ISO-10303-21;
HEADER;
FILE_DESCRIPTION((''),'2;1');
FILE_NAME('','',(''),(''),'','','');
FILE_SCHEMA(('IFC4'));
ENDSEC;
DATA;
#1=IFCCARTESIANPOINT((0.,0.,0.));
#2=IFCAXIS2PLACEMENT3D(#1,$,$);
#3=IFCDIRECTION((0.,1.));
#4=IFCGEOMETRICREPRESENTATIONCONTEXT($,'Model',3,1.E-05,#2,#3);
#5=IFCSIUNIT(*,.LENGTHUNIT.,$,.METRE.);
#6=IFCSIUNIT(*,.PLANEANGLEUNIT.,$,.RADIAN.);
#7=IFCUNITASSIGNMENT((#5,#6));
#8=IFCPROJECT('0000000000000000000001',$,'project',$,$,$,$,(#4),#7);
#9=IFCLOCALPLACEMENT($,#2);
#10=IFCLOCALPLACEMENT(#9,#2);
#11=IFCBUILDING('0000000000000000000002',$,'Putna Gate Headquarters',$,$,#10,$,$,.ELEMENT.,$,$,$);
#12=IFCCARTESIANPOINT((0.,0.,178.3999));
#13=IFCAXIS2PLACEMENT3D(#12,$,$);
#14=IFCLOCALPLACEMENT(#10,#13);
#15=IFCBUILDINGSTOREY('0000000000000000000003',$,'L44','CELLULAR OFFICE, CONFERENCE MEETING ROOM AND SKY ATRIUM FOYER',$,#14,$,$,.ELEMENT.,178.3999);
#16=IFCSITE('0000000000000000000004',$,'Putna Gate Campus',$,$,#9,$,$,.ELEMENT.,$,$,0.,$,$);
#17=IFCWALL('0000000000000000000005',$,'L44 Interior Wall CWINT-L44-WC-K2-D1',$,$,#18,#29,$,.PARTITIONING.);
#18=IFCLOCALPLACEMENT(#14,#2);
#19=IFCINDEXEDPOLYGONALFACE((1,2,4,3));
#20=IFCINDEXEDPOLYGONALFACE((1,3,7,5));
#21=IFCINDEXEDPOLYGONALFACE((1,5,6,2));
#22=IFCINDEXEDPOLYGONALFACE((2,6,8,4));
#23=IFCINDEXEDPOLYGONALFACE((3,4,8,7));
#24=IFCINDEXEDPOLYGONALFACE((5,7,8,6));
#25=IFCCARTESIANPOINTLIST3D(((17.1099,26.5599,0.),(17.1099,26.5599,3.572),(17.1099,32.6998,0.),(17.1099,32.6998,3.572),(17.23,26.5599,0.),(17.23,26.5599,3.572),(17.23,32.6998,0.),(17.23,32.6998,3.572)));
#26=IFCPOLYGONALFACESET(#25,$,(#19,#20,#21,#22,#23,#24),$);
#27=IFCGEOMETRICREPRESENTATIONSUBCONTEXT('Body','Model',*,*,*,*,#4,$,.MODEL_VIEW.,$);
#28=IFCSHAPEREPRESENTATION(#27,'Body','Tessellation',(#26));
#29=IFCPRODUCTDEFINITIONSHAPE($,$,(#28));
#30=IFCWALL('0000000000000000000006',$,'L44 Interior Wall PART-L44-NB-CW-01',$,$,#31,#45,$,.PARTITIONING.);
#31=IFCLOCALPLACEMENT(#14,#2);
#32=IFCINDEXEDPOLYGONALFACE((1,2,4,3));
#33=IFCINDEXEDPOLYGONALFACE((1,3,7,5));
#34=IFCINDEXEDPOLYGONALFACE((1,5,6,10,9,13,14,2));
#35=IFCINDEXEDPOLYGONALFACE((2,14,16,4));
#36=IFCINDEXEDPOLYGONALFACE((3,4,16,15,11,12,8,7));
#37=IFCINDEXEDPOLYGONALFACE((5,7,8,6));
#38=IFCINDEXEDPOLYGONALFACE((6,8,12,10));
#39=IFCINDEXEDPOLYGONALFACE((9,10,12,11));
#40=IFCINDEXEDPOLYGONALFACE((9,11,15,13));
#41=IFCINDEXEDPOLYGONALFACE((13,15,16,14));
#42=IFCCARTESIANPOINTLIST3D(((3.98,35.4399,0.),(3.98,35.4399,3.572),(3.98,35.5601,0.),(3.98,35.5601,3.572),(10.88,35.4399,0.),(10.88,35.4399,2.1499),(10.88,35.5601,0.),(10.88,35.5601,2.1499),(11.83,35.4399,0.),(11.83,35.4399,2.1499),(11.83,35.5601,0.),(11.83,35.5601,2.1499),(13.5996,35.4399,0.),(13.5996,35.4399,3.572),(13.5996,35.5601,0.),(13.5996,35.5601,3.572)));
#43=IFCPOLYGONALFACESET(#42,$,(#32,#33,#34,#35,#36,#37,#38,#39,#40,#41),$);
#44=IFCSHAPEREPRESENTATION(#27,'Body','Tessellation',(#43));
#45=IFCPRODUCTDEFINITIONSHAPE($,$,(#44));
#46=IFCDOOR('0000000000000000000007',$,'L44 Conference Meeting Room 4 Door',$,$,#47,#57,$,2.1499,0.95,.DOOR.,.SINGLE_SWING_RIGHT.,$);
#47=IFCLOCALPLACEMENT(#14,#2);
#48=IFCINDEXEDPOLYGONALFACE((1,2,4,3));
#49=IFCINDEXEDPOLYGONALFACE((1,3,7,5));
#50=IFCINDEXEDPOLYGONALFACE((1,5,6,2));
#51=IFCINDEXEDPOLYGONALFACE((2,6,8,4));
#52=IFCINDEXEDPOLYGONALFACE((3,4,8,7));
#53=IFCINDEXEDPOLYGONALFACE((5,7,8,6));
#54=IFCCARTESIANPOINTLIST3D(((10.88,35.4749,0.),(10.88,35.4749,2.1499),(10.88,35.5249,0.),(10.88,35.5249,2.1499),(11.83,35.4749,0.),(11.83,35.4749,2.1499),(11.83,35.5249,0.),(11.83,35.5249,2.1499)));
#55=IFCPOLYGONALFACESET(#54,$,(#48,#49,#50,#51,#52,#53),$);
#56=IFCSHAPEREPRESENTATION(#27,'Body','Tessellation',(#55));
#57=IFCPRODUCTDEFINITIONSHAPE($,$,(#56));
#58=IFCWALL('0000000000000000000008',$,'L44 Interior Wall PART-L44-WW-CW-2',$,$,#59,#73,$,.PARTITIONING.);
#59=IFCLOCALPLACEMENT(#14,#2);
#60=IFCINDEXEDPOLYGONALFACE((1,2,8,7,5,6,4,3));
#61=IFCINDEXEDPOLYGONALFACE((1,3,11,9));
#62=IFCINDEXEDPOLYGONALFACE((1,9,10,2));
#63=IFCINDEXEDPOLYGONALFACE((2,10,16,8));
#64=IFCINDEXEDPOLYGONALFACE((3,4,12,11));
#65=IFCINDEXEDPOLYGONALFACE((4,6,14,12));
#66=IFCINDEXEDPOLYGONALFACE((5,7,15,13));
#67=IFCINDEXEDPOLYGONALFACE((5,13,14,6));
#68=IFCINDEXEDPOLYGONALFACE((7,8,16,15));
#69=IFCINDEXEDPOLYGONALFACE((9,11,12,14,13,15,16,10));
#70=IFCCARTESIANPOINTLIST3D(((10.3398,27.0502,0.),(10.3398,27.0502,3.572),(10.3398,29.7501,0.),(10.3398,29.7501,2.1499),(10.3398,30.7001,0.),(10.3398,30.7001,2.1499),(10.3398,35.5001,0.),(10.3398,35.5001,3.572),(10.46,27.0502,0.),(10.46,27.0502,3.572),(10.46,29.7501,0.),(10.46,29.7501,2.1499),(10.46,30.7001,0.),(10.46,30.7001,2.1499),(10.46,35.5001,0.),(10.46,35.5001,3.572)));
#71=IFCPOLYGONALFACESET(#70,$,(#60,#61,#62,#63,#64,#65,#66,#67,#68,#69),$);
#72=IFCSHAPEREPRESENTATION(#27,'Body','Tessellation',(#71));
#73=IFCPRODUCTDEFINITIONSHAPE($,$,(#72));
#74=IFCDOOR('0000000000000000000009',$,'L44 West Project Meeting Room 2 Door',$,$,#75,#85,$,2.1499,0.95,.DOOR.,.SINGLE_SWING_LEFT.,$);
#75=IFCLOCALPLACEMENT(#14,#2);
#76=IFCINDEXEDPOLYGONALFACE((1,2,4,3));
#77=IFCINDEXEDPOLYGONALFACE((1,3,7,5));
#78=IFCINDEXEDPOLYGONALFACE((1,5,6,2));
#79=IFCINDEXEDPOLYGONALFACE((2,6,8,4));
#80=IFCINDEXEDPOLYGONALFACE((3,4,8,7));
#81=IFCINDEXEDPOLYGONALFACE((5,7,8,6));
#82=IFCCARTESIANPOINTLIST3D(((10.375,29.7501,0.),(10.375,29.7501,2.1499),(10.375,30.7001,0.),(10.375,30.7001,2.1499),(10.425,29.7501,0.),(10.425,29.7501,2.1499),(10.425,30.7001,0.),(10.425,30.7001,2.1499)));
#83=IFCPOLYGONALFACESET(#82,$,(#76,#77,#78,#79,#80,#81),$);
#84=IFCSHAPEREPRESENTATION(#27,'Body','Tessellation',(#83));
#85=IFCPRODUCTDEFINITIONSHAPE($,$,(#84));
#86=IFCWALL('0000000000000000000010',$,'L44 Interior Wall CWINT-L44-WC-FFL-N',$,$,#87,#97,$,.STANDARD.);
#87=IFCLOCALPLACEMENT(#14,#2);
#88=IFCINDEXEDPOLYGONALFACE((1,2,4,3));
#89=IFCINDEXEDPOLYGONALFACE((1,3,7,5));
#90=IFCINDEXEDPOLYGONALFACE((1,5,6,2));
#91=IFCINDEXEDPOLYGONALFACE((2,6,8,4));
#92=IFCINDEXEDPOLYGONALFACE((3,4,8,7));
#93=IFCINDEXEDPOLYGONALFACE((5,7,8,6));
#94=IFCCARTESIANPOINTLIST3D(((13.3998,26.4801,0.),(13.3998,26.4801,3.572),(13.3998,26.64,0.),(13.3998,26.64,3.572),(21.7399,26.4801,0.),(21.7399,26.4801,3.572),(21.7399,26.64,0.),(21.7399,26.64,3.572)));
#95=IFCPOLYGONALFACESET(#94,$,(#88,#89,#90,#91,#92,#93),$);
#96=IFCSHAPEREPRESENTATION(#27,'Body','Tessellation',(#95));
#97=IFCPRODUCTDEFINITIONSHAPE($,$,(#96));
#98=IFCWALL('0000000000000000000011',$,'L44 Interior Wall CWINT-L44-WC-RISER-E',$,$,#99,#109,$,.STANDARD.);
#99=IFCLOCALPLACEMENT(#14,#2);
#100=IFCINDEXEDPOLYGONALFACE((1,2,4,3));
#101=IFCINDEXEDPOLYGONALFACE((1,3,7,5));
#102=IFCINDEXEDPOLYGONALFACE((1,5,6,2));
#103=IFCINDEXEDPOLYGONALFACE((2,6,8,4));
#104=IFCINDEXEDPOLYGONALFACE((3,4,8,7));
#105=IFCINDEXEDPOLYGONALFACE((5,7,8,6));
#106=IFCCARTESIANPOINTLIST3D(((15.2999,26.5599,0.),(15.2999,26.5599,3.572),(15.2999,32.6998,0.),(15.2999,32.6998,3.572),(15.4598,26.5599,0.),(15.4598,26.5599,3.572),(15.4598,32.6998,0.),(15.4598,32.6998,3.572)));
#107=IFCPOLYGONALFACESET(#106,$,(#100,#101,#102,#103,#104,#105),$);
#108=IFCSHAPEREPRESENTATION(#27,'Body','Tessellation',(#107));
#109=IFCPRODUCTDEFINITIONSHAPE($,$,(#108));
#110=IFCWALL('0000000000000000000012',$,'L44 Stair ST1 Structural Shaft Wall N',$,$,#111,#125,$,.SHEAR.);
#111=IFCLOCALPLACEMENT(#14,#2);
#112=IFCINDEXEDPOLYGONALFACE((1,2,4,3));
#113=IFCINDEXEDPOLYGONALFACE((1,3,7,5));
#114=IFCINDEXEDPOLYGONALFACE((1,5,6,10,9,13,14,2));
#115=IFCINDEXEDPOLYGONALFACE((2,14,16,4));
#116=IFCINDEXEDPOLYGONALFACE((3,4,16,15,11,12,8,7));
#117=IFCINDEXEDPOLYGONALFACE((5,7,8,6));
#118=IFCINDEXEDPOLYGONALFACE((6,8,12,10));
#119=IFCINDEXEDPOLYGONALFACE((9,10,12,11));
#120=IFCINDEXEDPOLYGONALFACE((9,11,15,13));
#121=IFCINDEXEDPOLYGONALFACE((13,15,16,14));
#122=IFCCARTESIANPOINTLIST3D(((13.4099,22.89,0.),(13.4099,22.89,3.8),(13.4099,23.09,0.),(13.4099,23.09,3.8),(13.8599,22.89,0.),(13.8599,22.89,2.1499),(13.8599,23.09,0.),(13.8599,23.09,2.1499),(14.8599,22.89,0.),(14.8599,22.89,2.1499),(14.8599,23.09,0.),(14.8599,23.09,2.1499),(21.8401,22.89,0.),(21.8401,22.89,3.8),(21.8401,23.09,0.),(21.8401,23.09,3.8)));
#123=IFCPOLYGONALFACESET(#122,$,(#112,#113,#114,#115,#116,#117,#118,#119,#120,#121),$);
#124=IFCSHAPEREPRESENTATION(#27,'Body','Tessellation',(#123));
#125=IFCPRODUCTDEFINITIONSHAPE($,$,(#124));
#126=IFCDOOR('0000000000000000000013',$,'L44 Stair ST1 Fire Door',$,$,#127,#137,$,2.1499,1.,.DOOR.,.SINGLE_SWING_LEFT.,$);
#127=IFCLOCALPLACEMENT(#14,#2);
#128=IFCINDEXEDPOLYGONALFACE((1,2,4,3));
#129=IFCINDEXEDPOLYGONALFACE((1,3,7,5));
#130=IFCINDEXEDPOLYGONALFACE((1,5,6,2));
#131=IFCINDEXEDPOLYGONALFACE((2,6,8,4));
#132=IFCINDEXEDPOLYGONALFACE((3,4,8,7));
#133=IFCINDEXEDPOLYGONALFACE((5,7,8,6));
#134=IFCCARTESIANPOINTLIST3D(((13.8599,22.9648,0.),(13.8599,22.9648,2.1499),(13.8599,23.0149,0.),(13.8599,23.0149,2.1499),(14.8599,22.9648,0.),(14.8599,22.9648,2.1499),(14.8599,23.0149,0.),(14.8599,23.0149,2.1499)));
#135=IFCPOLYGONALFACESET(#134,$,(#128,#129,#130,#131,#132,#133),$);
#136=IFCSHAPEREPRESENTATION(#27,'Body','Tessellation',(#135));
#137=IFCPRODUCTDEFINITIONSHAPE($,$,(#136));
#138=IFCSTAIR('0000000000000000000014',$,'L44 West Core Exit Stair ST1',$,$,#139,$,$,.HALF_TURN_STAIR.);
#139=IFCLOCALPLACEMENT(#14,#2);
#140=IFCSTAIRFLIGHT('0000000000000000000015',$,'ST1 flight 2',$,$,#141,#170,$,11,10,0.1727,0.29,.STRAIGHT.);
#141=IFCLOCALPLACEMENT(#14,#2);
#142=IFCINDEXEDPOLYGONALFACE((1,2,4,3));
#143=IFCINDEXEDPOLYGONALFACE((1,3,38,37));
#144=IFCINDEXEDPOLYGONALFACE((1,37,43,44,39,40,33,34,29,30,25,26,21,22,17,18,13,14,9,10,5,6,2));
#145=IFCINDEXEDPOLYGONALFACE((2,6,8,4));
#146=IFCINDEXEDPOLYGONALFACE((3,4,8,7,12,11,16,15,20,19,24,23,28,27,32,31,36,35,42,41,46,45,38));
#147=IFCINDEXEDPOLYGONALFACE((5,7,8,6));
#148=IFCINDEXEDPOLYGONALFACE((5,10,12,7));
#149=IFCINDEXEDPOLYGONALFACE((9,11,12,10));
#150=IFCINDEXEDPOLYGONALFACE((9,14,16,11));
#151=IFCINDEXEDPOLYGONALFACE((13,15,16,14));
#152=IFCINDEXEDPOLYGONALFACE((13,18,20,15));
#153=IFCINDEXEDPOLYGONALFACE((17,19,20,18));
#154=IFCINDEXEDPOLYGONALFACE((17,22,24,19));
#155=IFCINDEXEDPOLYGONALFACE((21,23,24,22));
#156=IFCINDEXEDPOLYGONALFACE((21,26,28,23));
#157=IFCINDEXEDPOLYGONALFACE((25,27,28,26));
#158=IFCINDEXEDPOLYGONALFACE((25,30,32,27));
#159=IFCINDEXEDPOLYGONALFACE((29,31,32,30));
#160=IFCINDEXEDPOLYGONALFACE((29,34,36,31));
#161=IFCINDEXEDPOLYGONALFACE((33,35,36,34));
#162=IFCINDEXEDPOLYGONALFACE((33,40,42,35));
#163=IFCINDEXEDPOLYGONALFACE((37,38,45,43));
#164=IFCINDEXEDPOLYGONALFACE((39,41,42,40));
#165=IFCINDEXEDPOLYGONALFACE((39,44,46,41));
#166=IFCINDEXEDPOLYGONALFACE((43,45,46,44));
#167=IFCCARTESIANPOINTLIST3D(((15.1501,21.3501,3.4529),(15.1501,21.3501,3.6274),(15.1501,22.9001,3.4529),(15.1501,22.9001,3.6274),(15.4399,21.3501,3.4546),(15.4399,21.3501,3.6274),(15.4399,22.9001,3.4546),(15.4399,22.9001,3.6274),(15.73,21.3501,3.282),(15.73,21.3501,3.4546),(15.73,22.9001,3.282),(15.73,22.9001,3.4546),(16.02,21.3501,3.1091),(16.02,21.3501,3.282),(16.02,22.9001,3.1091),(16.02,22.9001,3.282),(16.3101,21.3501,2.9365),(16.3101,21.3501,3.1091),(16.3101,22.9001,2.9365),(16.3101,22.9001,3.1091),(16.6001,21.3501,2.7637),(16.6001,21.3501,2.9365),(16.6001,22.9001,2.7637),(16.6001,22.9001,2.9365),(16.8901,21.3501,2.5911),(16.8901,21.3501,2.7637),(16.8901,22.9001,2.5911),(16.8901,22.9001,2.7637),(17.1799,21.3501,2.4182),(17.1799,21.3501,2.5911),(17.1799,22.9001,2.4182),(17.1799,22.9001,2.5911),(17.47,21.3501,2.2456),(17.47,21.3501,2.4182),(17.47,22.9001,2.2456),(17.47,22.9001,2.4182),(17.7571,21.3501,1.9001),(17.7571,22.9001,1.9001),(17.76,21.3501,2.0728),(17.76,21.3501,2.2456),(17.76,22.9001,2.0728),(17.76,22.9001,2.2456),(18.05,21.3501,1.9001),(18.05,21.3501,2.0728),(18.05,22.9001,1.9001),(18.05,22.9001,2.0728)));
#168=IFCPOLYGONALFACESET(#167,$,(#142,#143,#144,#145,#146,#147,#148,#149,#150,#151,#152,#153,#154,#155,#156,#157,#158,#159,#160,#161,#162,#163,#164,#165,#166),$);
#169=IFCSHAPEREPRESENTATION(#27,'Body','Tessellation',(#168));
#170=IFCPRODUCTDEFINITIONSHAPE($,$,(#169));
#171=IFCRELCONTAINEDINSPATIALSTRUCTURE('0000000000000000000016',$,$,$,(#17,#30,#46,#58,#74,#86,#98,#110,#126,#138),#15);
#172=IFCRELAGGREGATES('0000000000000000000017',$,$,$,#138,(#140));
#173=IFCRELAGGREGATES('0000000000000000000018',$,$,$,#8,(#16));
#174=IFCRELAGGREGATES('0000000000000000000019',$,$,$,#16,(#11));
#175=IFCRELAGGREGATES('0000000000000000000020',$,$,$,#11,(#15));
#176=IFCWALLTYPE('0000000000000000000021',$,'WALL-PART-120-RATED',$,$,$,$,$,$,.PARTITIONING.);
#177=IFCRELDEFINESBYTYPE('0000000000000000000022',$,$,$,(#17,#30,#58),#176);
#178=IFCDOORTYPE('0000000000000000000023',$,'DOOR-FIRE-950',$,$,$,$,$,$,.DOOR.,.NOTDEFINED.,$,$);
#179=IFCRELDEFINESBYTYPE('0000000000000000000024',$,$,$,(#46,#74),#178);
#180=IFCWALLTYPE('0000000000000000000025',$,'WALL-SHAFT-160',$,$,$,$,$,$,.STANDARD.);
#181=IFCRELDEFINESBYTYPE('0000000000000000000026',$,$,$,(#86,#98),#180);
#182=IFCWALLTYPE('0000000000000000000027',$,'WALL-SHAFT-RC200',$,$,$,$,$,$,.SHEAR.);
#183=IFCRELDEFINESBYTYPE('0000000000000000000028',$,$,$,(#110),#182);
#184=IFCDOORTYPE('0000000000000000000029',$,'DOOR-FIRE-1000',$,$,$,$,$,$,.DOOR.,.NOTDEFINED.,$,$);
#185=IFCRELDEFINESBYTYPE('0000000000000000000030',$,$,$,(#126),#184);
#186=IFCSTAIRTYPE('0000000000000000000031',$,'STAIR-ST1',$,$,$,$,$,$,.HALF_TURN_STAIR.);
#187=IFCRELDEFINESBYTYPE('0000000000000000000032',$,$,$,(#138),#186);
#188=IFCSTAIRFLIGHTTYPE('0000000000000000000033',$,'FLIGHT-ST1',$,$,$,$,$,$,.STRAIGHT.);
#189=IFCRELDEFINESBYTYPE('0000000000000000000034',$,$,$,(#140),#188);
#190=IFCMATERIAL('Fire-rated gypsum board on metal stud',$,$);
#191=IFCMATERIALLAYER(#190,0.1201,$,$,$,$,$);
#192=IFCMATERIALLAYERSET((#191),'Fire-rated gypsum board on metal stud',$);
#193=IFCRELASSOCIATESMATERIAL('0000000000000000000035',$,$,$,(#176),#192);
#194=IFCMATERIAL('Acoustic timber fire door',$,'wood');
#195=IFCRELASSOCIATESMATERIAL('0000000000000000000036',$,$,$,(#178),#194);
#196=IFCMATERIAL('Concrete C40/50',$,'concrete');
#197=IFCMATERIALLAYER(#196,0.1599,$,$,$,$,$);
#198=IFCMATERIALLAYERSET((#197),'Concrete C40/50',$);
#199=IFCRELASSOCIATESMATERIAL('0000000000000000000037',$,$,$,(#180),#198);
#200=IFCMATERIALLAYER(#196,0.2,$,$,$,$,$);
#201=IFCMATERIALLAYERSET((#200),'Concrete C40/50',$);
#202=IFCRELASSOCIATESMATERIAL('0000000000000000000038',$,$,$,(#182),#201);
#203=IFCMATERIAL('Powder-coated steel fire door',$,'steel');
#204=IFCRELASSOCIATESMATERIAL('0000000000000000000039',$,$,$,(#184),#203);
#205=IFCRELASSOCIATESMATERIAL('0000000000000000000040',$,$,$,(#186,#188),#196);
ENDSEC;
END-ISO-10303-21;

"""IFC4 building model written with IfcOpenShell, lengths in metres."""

from ifc_helpers import new_model, si_unit, direction, frame, frame_2d, origin, place, context, subcontext, project, spatial, polyline, rectangle, outline, extrude, material, layer, layer_set, type_object, element, fill, aggregate, save


model = new_model("IFC4")

# Units and contexts
model_context = context("Model", 3, precision=1e-05, world=origin(), true_north=direction((0.0, 1.0)))
body_context = subcontext(model_context, "Body", "Model", "MODEL_VIEW")
ifc_project = project(units=[si_unit("LENGTHUNIT", "METRE"), si_unit("PLANEANGLEUNIT", "RADIAN")], contexts=[model_context])

# Site, building, storey
site_placement = place(None, origin())
site = spatial("IfcSite", under=ifc_project, at=site_placement, Name="Putna Gate Campus", CompositionType="ELEMENT", RefElevation=0.0)
building_placement = place(site_placement, origin())
building = spatial("IfcBuilding", under=site, at=building_placement, Name="Putna Gate Headquarters", CompositionType="ELEMENT")
storey_placement = place(building_placement, frame((0.0, 0.0, 178.3999)))
storey = spatial("IfcBuildingStorey", under=building, at=storey_placement, Name="L44", Description="CELLULAR OFFICE, CONFERENCE MEETING ROOM AND SKY ATRIUM FOYER", CompositionType="ELEMENT", Elevation=178.3999)

# Wall
ifc_material_1 = material(Name="Fire-rated gypsum board on metal stud")
ifc_layer_1 = layer(ifc_material_1, 0.1201)
ifc_layer_set_1 = layer_set([ifc_layer_1], Name="Fire-rated gypsum board on metal stud")
wall_type_1 = type_object("IfcWallType", Name="WALL-PART-120-RATED", PredefinedType="PARTITIONING", material=ifc_layer_set_1)
wall_1_placement = place(storey_placement, frame((17.1699, 26.5601, 0.0), z_axis=(0.0, 0.0, 1.0), x_axis=(0.0, 1.0, 0.0)))
element("IfcWall", 1, at=wall_1_placement, inside=storey, type_object=wall_type_1, Name="L44 Interior Wall CWINT-L44-WC-K2-D1", PredefinedType="PARTITIONING", context=body_context, shape_type="SweptSolid", body=[
    extrude(rectangle(XDim=6.1399, YDim=0.1201, at=frame_2d((3.0698, 0.0))), origin(), (0.0, 0.0, 1.0), 3.572),
])

# Walls, openings, doors
wall_2_placement = place(storey_placement, frame((3.98, 35.5, 0.0), z_axis=(0.0, 0.0, 1.0), x_axis=(1.0, 0.0, 0.0)))
wall_2 = element("IfcWall", 2, at=wall_2_placement, inside=storey, type_object=wall_type_1, Name="L44 Interior Wall PART-L44-NB-CW-01", PredefinedType="PARTITIONING", context=body_context, shape_type="SweptSolid", body=[
    extrude(rectangle(XDim=9.6196, YDim=0.1201, at=frame_2d((4.8098, 0.0))), origin(), (0.0, 0.0, 1.0), 3.572),
])
opening_1_placement = place(wall_2_placement, frame((6.8999, 0.0, 0.0)))
opening_1 = element("IfcOpeningElement", 3, at=opening_1_placement, cuts=wall_2, PredefinedType="OPENING", context=body_context, shape_type="SweptSolid", body=[
    extrude(rectangle(XDim=0.95, YDim=2.1499, at=frame_2d((0.4751, 1.075))), frame((0.0, 0.0701, 0.0), z_axis=(0.0, -1.0, 0.0), x_axis=(1.0, 0.0, 0.0)), (0.0, 0.0, 1.0), 0.1401),
])
ifc_material_2 = material(Name="Acoustic timber fire door", Category="wood")
door_type_1 = type_object("IfcDoorType", Name="DOOR-FIRE-950", OperationType="NOTDEFINED", PredefinedType="DOOR", material=ifc_material_2)
door_1_placement = place(opening_1_placement, origin())
door_1 = element("IfcDoor", 4, at=door_1_placement, inside=storey, type_object=door_type_1, Name="L44 Conference Meeting Room 4 Door", OperationType="SINGLE_SWING_RIGHT", OverallHeight=2.1499, OverallWidth=0.95, PredefinedType="DOOR", context=body_context, shape_type="SweptSolid", body=[
    extrude(rectangle(XDim=0.95, YDim=2.1499, at=frame_2d((0.4751, 1.075))), frame((0.0, 0.0249, 0.0), z_axis=(0.0, -1.0, 0.0), x_axis=(1.0, 0.0, 0.0)), (0.0, 0.0, 1.0), 0.05),
])
fill(opening_1, door_1)
wall_3_placement = place(storey_placement, frame((10.3999, 27.05, 0.0), z_axis=(0.0, 0.0, 1.0), x_axis=(0.0, 1.0, 0.0)))
wall_3 = element("IfcWall", 5, at=wall_3_placement, inside=storey, type_object=wall_type_1, Name="L44 Interior Wall PART-L44-WW-CW-2", PredefinedType="PARTITIONING", context=body_context, shape_type="SweptSolid", body=[
    extrude(rectangle(XDim=8.45, YDim=0.1201, at=frame_2d((4.2251, 0.0))), origin(), (0.0, 0.0, 1.0), 3.572),
])
opening_2_placement = place(wall_3_placement, frame((2.7, 0.0, 0.0)))
opening_2 = element("IfcOpeningElement", 6, at=opening_2_placement, cuts=wall_3, PredefinedType="OPENING", context=body_context, shape_type="SweptSolid", body=[
    extrude(rectangle(XDim=0.95, YDim=2.1499, at=frame_2d((0.4751, 1.075))), frame((0.0, 0.0701, 0.0), z_axis=(0.0, -1.0, 0.0), x_axis=(1.0, 0.0, 0.0)), (0.0, 0.0, 1.0), 0.1401),
])
door_2_placement = place(opening_2_placement, origin())
door_2 = element("IfcDoor", 7, at=door_2_placement, inside=storey, type_object=door_type_1, Name="L44 West Project Meeting Room 2 Door", OperationType="SINGLE_SWING_LEFT", OverallHeight=2.1499, OverallWidth=0.95, PredefinedType="DOOR", context=body_context, shape_type="SweptSolid", body=[
    extrude(rectangle(XDim=0.95, YDim=2.1499, at=frame_2d((0.4751, 1.075))), frame((0.0, 0.0249, 0.0), z_axis=(0.0, -1.0, 0.0), x_axis=(1.0, 0.0, 0.0)), (0.0, 0.0, 1.0), 0.05),
])
fill(opening_2, door_2)

# Walls
ifc_material_3 = material(Name="Concrete C40/50", Category="concrete")
ifc_layer_2 = layer(ifc_material_3, 0.1599)
ifc_layer_set_2 = layer_set([ifc_layer_2], Name="Concrete C40/50")
wall_type_2 = type_object("IfcWallType", Name="WALL-SHAFT-160", PredefinedType="STANDARD", material=ifc_layer_set_2)
wall_4_placement = place(storey_placement, frame((13.3999, 26.5601, 0.0), z_axis=(0.0, 0.0, 1.0), x_axis=(1.0, 0.0, 0.0)))
element("IfcWall", 8, at=wall_4_placement, inside=storey, type_object=wall_type_2, Name="L44 Interior Wall CWINT-L44-WC-FFL-N", PredefinedType="STANDARD", context=body_context, shape_type="SweptSolid", body=[
    extrude(rectangle(XDim=8.3401, YDim=0.1599, at=frame_2d((4.1699, 0.0))), origin(), (0.0, 0.0, 1.0), 3.572),
])
wall_5_placement = place(storey_placement, frame((15.3799, 26.5601, 0.0), z_axis=(0.0, 0.0, 1.0), x_axis=(0.0, 1.0, 0.0)))
element("IfcWall", 9, at=wall_5_placement, inside=storey, type_object=wall_type_2, Name="L44 Interior Wall CWINT-L44-WC-RISER-E", PredefinedType="STANDARD", context=body_context, shape_type="SweptSolid", body=[
    extrude(rectangle(XDim=6.1399, YDim=0.1599, at=frame_2d((3.0698, 0.0))), origin(), (0.0, 0.0, 1.0), 3.572),
])

# Wall, opening, door
ifc_layer_3 = layer(ifc_material_3, 0.2)
ifc_layer_set_3 = layer_set([ifc_layer_3], Name="Concrete C40/50")
wall_type_3 = type_object("IfcWallType", Name="WALL-SHAFT-RC200", PredefinedType="SHEAR", material=ifc_layer_set_3)
wall_6_placement = place(storey_placement, frame((13.4099, 22.99, 0.0), z_axis=(0.0, 0.0, 1.0), x_axis=(1.0, 0.0, 0.0)))
wall_6 = element("IfcWall", 10, at=wall_6_placement, inside=storey, type_object=wall_type_3, Name="L44 Stair ST1 Structural Shaft Wall N", PredefinedType="SHEAR", context=body_context, shape_type="SweptSolid", body=[
    extrude(rectangle(XDim=8.4302, YDim=0.2, at=frame_2d((4.2151, 0.0))), origin(), (0.0, 0.0, 1.0), 3.8),
])
opening_3_placement = place(wall_6_placement, frame((0.45, 0.0, 0.0)))
opening_3 = element("IfcOpeningElement", 11, at=opening_3_placement, cuts=wall_6, PredefinedType="OPENING", context=body_context, shape_type="SweptSolid", body=[
    extrude(rectangle(XDim=1.0, YDim=2.1499, at=frame_2d((0.5, 1.075))), frame((0.0, 0.1099, 0.0), z_axis=(0.0, -1.0, 0.0), x_axis=(1.0, 0.0, 0.0)), (0.0, 0.0, 1.0), 0.22),
])
ifc_material_4 = material(Name="Powder-coated steel fire door", Category="steel")
door_type_2 = type_object("IfcDoorType", Name="DOOR-FIRE-1000", OperationType="NOTDEFINED", PredefinedType="DOOR", material=ifc_material_4)
door_3_placement = place(opening_3_placement, origin())
door_3 = element("IfcDoor", 12, at=door_3_placement, inside=storey, type_object=door_type_2, Name="L44 Stair ST1 Fire Door", OperationType="SINGLE_SWING_LEFT", OverallHeight=2.1499, OverallWidth=1.0, PredefinedType="DOOR", context=body_context, shape_type="SweptSolid", body=[
    extrude(rectangle(XDim=1.0, YDim=2.1499, at=frame_2d((0.5, 1.075))), frame((0.0, 0.0249, 0.0), z_axis=(0.0, -1.0, 0.0), x_axis=(1.0, 0.0, 0.0)), (0.0, 0.0, 1.0), 0.05),
])
fill(opening_3, door_3)

# Stair, stair flight
stair_type = type_object("IfcStairType", Name="STAIR-ST1", PredefinedType="HALF_TURN_STAIR", material=ifc_material_3)
stair_placement = place(storey_placement, origin())
stair = element("IfcStair", 13, at=stair_placement, inside=storey, type_object=stair_type, Name="L44 West Core Exit Stair ST1", PredefinedType="HALF_TURN_STAIR")
stair_flight_type = type_object("IfcStairFlightType", Name="FLIGHT-ST1", PredefinedType="STRAIGHT", material=ifc_material_3)
stair_flight_placement = place(storey_placement, frame((18.05, 22.125, 1.9001), z_axis=(0.0, 0.0, 1.0), x_axis=(-1.0, 0.0, 0.0)))
stair_flight = element("IfcStairFlight", 14, at=stair_flight_placement, type_object=stair_flight_type, Name="ST1 flight 2", NumberOfRisers=11, NumberOfTreads=10, PredefinedType="STRAIGHT", RiserHeight=0.1727, TreadLength=0.29, context=body_context, shape_type="SweptSolid", body=[
    extrude(outline(polyline([(0.0, 0.0), (0.0, 0.1726), (0.29, 0.1726), (0.29, 0.3455), (0.5801, 0.3455), (0.5801, 0.5181), (0.8701, 0.5181), (0.8701, 0.6909), (1.1599, 0.6909), (1.1599, 0.8635), (1.45, 0.8635), (1.45, 1.0364), (1.74, 1.0364), (1.74, 1.209), (2.03, 1.209), (2.03, 1.3818), (2.3201, 1.3818), (2.3201, 1.5544), (2.6101, 1.5544), (2.6101, 1.7273), (2.8999, 1.7273), (2.8999, 1.8999), (2.8999, 1.5527), (0.293, 0.0), (0.0, 0.0)])), frame((0.0, 0.7749, 0.0), z_axis=(0.0, -1.0, 0.0), x_axis=(1.0, 0.0, 0.0)), (0.0, 0.0, 1.0), 1.55),
])
aggregate(stair, [stair_flight])

save(model, "model.ifc")
